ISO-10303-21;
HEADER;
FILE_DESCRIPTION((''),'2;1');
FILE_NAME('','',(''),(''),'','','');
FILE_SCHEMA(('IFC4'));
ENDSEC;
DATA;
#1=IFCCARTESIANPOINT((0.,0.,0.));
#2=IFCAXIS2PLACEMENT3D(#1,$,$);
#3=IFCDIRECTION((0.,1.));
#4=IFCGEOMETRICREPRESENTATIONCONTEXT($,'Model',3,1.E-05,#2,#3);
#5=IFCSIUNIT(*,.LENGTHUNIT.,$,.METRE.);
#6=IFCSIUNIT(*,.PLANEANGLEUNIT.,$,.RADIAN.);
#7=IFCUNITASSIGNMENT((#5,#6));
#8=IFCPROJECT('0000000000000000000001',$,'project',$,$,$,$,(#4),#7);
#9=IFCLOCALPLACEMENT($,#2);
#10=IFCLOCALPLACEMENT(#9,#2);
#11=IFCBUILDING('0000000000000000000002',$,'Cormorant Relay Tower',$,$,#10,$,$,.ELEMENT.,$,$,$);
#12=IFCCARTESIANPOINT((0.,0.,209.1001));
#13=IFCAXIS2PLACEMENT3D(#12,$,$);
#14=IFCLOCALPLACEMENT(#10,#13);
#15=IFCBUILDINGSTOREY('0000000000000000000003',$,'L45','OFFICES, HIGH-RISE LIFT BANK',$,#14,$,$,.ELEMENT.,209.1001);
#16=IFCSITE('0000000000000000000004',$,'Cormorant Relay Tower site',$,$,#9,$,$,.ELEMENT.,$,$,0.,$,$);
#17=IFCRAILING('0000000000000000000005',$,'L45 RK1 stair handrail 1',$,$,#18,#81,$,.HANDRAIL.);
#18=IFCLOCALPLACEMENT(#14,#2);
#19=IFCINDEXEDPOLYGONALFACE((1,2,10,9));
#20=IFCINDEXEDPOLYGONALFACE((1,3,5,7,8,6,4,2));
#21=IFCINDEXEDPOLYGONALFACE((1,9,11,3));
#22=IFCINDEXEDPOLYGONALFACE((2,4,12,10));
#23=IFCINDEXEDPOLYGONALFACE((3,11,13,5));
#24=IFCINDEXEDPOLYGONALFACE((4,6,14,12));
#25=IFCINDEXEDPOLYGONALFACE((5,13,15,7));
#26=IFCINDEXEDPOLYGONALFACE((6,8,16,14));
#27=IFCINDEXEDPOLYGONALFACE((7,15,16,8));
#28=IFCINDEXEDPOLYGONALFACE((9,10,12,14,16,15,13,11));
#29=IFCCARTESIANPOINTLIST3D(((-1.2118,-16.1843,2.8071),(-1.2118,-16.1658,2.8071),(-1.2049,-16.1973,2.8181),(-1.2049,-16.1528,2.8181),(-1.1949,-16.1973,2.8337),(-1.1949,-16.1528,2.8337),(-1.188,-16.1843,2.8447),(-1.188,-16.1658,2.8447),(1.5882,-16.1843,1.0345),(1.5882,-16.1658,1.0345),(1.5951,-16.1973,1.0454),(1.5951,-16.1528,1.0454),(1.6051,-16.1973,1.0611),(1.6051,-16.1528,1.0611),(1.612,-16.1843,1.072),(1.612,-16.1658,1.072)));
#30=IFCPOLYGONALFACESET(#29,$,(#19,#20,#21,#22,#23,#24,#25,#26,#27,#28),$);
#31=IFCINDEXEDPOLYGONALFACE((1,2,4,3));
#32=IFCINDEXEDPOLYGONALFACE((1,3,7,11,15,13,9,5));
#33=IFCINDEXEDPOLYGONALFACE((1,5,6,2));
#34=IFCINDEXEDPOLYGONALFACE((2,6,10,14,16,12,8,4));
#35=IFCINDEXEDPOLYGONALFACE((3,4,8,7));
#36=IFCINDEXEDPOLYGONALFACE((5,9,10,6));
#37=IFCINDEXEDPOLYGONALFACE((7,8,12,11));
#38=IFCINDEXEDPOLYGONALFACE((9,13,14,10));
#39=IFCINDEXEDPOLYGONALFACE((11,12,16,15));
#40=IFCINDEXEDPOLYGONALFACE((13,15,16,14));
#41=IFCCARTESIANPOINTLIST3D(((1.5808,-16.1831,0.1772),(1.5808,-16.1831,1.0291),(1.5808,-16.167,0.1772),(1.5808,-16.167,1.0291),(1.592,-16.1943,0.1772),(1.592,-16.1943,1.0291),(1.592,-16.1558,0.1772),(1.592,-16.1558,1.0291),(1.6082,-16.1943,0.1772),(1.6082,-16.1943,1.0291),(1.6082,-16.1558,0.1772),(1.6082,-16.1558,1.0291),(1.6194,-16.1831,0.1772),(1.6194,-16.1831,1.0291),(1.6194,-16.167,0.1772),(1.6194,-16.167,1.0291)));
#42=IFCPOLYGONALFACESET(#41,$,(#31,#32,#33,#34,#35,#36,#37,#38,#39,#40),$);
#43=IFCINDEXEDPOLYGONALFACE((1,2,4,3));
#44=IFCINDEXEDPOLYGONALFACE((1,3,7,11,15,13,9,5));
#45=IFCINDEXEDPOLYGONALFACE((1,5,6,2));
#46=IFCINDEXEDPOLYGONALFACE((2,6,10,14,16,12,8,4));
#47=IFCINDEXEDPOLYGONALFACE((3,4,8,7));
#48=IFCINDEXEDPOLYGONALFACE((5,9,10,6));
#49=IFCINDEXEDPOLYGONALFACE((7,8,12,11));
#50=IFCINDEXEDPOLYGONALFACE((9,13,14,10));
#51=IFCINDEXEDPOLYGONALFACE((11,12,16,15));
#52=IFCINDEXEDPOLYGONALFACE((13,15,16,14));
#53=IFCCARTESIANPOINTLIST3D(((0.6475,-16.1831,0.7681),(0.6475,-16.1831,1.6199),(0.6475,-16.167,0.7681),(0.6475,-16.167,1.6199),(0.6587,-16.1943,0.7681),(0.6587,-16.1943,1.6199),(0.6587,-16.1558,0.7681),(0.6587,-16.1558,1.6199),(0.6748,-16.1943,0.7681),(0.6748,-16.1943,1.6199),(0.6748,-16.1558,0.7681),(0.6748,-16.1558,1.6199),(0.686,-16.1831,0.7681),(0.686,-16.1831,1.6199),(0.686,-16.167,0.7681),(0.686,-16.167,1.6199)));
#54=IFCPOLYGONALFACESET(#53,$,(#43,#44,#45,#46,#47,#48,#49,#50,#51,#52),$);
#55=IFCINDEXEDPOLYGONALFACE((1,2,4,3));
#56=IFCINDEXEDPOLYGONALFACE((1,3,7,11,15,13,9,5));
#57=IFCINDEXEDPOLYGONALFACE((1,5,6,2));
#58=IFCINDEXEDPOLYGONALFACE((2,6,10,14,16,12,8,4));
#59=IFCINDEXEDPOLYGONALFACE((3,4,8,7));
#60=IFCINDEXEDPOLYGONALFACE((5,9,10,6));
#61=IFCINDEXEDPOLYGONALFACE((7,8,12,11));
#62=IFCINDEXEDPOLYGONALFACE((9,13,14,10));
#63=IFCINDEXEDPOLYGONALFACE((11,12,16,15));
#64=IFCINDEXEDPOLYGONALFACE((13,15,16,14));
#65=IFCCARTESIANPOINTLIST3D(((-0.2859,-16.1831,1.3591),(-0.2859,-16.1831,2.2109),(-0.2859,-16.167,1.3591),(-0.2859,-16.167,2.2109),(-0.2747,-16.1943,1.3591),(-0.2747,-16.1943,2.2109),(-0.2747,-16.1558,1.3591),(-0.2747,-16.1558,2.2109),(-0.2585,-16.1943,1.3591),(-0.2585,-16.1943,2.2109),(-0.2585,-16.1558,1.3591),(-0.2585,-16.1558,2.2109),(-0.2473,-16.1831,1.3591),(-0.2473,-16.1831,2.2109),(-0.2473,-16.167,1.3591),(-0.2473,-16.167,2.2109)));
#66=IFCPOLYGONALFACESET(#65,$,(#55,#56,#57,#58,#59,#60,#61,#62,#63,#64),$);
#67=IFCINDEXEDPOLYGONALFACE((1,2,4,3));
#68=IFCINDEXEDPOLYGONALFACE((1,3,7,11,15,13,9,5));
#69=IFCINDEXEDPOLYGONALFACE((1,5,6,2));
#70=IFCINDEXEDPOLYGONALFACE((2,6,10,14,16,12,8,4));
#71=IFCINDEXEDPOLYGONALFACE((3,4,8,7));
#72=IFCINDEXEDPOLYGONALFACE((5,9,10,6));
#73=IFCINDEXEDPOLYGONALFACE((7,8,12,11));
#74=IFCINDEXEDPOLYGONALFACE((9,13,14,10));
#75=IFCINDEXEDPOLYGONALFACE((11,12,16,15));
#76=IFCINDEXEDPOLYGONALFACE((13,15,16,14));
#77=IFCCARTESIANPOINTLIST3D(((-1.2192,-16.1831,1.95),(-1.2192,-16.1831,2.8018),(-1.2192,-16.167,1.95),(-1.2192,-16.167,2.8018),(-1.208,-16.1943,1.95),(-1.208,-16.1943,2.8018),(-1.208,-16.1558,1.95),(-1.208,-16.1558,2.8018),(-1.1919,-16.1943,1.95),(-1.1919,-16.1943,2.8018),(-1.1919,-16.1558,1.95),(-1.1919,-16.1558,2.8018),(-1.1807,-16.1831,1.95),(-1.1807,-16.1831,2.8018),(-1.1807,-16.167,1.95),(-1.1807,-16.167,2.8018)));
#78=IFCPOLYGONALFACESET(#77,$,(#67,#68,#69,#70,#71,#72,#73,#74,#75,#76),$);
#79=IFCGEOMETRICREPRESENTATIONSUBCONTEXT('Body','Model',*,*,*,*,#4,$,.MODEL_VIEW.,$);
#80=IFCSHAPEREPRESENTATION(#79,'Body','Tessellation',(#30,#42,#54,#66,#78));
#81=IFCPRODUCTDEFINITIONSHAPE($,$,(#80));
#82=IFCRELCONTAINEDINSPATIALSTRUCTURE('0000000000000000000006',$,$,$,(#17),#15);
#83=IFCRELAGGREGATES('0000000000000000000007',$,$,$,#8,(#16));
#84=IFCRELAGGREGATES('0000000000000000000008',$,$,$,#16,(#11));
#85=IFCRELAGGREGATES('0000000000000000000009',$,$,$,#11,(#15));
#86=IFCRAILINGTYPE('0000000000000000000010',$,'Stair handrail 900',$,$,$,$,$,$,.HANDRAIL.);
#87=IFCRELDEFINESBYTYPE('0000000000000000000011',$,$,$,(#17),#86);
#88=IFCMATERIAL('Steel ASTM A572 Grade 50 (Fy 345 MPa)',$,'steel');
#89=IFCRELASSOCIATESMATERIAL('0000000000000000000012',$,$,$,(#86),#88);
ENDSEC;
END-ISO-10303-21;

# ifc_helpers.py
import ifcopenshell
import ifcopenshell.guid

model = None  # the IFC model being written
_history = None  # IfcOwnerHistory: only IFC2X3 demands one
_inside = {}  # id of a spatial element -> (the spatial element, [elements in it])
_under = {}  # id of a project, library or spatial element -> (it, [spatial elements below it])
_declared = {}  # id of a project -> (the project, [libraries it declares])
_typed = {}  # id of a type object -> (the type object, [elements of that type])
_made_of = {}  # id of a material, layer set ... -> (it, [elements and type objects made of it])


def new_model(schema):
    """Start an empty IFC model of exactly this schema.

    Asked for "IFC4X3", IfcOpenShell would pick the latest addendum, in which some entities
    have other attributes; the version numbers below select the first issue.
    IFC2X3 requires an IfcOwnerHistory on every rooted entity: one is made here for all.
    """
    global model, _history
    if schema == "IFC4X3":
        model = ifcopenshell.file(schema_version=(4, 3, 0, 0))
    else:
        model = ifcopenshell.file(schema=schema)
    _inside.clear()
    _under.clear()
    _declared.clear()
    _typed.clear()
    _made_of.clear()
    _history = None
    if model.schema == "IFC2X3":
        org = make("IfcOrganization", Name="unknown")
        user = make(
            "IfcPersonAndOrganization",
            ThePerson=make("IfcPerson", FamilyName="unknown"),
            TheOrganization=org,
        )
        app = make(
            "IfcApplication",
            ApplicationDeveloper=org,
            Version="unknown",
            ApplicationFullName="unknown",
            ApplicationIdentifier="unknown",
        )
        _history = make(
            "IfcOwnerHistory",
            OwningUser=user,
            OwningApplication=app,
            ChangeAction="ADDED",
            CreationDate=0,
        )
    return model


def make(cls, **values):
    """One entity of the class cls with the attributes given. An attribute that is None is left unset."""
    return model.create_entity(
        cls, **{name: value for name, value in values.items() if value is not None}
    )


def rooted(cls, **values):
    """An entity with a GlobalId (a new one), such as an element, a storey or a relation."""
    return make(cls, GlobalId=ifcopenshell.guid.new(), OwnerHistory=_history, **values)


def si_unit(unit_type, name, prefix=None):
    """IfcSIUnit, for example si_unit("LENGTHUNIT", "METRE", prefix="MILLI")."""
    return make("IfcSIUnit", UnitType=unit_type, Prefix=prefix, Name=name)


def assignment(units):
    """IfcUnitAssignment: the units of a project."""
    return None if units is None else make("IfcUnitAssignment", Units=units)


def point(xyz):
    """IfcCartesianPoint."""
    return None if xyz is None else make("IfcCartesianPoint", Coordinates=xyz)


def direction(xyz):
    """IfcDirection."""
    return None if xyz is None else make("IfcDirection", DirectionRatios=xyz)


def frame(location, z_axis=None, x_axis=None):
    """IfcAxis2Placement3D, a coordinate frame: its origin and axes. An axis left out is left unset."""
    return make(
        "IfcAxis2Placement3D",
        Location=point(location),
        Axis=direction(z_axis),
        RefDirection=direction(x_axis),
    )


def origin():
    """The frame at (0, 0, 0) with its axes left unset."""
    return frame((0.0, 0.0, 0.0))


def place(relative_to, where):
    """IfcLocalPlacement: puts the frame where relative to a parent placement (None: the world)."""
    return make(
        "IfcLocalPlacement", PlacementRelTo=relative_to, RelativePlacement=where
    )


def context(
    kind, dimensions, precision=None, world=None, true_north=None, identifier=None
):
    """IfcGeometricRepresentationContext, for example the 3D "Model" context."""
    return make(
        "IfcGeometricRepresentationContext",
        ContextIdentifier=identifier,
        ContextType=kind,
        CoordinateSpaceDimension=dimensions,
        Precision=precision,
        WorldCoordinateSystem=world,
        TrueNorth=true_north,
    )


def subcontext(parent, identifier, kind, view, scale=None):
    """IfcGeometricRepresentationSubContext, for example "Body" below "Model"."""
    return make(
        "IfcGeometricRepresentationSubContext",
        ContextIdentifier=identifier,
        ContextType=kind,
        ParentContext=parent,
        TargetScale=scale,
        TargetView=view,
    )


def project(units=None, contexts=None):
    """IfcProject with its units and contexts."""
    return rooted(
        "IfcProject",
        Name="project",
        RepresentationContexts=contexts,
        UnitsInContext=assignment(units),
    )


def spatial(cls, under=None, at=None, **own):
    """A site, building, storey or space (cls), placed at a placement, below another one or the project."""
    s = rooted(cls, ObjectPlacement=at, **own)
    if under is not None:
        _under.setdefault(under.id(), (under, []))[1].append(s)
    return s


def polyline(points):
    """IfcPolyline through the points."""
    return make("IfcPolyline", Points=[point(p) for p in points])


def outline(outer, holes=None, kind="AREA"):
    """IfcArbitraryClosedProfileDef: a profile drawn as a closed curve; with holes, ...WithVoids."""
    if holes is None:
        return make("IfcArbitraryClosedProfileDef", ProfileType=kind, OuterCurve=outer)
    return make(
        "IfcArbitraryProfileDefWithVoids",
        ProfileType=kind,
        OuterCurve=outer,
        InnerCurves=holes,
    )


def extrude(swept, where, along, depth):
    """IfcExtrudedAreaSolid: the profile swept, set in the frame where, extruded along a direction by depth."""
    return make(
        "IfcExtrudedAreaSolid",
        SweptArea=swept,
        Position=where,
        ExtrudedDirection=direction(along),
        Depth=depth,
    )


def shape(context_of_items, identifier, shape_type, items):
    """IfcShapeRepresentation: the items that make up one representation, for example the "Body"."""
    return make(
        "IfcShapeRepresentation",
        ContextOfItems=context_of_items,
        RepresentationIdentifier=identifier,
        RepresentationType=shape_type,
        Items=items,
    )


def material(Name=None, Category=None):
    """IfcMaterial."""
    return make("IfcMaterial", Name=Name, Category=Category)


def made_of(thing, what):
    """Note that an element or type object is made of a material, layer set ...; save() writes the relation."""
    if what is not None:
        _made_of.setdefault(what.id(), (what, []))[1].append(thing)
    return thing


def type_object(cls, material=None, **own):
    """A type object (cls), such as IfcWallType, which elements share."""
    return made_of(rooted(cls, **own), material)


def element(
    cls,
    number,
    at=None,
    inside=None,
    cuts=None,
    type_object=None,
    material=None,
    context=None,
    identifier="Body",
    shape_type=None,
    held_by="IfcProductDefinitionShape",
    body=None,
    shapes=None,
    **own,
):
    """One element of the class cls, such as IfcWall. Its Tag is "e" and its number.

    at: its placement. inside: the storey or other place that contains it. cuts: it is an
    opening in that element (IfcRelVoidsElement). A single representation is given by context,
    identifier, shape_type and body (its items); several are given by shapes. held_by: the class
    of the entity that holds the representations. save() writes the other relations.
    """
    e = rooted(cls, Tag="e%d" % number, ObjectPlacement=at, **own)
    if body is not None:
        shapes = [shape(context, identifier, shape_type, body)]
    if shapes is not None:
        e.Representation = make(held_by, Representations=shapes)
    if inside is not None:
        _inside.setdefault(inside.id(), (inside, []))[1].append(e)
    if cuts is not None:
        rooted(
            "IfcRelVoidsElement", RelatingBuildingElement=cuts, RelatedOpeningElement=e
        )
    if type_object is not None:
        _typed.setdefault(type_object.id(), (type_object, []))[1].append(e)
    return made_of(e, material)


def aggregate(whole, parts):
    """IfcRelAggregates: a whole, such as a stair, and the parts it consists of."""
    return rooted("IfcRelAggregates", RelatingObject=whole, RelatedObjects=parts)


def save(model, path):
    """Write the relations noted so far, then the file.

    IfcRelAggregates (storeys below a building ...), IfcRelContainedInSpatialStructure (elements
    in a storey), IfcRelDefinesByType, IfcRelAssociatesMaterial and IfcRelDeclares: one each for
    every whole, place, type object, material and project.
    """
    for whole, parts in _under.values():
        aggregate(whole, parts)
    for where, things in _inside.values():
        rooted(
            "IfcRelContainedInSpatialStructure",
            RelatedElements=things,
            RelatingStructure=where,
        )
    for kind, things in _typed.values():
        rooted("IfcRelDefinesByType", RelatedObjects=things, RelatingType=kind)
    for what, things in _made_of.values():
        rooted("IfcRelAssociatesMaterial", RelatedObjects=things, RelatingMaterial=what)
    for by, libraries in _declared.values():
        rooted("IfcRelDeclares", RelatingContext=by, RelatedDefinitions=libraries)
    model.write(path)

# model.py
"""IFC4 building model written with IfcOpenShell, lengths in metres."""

from ifc_helpers import new_model, si_unit, direction, frame, origin, place, context, subcontext, project, spatial, polyline, outline, extrude, material, type_object, element, save


model = new_model("IFC4")

# Units and contexts
model_context = context("Model", 3, precision=1e-05, world=origin(), true_north=direction((0.0, 1.0)))
body_context = subcontext(model_context, "Body", "Model", "MODEL_VIEW")
ifc_project = project(units=[si_unit("LENGTHUNIT", "METRE"), si_unit("PLANEANGLEUNIT", "RADIAN")], contexts=[model_context])

# Site, building, storey
site_placement = place(None, origin())
site = spatial("IfcSite", under=ifc_project, at=site_placement, Name="Cormorant Relay Tower site", CompositionType="ELEMENT", RefElevation=0.0)
building_placement = place(site_placement, origin())
building = spatial("IfcBuilding", under=site, at=building_placement, Name="Cormorant Relay Tower", CompositionType="ELEMENT")
storey_placement = place(building_placement, frame((0.0, 0.0, 209.1001)))
storey = spatial("IfcBuildingStorey", under=building, at=storey_placement, Name="L45", Description="OFFICES, HIGH-RISE LIFT BANK", CompositionType="ELEMENT", Elevation=209.1001)

# Railing
ifc_material_1 = material(Name="Steel ASTM A572 Grade 50 (Fy 345 MPa)", Category="steel")
railing_type = type_object("IfcRailingType", Name="Stair handrail 900", PredefinedType="HANDRAIL", material=ifc_material_1)
railing_placement = place(storey_placement, frame((1.6001, -16.175, 0.1772)))
element("IfcRailing", 1, at=railing_placement, inside=storey, type_object=railing_type, Name="L45 RK1 stair handrail 1", PredefinedType="HANDRAIL", context=body_context, shape_type="SweptSolid", body=[
    extrude(outline(polyline([(0.0222, 0.0093), (0.0093, 0.0222), (-0.0093, 0.0222), (-0.0222, 0.0093), (-0.0222, -0.0093), (-0.0093, -0.0222), (0.0093, -0.0222), (0.0222, -0.0093), (0.0222, 0.0093)])), frame((0.0, 0.0, 0.876), z_axis=(-0.844909, 0.0, 0.53491), x_axis=(0.0, -1.0, 0.0)), (0.0, 0.0, 1.0), 3.314),
    extrude(outline(polyline([(0.0193, 0.0081), (0.0081, 0.0193), (-0.0081, 0.0193), (-0.0193, 0.0081), (-0.0193, -0.0081), (-0.0081, -0.0193), (0.0081, -0.0193), (0.0193, -0.0081), (0.0193, 0.0081)])), origin(), (0.0, 0.0, 1.0), 0.8518),
    extrude(outline(polyline([(0.0193, 0.0081), (0.0081, 0.0193), (-0.0081, 0.0193), (-0.0193, 0.0081), (-0.0193, -0.0081), (-0.0081, -0.0193), (0.0081, -0.0193), (0.0193, -0.0081), (0.0193, 0.0081)])), frame((-0.9333, 0.0, 0.5908)), (0.0, 0.0, 1.0), 0.8518),
    extrude(outline(polyline([(0.0193, 0.0081), (0.0081, 0.0193), (-0.0081, 0.0193), (-0.0193, 0.0081), (-0.0193, -0.0081), (-0.0081, -0.0193), (0.0081, -0.0193), (0.0193, -0.0081), (0.0193, 0.0081)])), frame((-1.8667, 0.0, 1.1819)), (0.0, 0.0, 1.0), 0.8518),
    extrude(outline(polyline([(0.0193, 0.0081), (0.0081, 0.0193), (-0.0081, 0.0193), (-0.0193, 0.0081), (-0.0193, -0.0081), (-0.0081, -0.0193), (0.0081, -0.0193), (0.0193, -0.0081), (0.0193, 0.0081)])), frame((-2.8, 0.0, 1.7727)), (0.0, 0.0, 1.0), 0.8518),
])

save(model, "model.ifc")
